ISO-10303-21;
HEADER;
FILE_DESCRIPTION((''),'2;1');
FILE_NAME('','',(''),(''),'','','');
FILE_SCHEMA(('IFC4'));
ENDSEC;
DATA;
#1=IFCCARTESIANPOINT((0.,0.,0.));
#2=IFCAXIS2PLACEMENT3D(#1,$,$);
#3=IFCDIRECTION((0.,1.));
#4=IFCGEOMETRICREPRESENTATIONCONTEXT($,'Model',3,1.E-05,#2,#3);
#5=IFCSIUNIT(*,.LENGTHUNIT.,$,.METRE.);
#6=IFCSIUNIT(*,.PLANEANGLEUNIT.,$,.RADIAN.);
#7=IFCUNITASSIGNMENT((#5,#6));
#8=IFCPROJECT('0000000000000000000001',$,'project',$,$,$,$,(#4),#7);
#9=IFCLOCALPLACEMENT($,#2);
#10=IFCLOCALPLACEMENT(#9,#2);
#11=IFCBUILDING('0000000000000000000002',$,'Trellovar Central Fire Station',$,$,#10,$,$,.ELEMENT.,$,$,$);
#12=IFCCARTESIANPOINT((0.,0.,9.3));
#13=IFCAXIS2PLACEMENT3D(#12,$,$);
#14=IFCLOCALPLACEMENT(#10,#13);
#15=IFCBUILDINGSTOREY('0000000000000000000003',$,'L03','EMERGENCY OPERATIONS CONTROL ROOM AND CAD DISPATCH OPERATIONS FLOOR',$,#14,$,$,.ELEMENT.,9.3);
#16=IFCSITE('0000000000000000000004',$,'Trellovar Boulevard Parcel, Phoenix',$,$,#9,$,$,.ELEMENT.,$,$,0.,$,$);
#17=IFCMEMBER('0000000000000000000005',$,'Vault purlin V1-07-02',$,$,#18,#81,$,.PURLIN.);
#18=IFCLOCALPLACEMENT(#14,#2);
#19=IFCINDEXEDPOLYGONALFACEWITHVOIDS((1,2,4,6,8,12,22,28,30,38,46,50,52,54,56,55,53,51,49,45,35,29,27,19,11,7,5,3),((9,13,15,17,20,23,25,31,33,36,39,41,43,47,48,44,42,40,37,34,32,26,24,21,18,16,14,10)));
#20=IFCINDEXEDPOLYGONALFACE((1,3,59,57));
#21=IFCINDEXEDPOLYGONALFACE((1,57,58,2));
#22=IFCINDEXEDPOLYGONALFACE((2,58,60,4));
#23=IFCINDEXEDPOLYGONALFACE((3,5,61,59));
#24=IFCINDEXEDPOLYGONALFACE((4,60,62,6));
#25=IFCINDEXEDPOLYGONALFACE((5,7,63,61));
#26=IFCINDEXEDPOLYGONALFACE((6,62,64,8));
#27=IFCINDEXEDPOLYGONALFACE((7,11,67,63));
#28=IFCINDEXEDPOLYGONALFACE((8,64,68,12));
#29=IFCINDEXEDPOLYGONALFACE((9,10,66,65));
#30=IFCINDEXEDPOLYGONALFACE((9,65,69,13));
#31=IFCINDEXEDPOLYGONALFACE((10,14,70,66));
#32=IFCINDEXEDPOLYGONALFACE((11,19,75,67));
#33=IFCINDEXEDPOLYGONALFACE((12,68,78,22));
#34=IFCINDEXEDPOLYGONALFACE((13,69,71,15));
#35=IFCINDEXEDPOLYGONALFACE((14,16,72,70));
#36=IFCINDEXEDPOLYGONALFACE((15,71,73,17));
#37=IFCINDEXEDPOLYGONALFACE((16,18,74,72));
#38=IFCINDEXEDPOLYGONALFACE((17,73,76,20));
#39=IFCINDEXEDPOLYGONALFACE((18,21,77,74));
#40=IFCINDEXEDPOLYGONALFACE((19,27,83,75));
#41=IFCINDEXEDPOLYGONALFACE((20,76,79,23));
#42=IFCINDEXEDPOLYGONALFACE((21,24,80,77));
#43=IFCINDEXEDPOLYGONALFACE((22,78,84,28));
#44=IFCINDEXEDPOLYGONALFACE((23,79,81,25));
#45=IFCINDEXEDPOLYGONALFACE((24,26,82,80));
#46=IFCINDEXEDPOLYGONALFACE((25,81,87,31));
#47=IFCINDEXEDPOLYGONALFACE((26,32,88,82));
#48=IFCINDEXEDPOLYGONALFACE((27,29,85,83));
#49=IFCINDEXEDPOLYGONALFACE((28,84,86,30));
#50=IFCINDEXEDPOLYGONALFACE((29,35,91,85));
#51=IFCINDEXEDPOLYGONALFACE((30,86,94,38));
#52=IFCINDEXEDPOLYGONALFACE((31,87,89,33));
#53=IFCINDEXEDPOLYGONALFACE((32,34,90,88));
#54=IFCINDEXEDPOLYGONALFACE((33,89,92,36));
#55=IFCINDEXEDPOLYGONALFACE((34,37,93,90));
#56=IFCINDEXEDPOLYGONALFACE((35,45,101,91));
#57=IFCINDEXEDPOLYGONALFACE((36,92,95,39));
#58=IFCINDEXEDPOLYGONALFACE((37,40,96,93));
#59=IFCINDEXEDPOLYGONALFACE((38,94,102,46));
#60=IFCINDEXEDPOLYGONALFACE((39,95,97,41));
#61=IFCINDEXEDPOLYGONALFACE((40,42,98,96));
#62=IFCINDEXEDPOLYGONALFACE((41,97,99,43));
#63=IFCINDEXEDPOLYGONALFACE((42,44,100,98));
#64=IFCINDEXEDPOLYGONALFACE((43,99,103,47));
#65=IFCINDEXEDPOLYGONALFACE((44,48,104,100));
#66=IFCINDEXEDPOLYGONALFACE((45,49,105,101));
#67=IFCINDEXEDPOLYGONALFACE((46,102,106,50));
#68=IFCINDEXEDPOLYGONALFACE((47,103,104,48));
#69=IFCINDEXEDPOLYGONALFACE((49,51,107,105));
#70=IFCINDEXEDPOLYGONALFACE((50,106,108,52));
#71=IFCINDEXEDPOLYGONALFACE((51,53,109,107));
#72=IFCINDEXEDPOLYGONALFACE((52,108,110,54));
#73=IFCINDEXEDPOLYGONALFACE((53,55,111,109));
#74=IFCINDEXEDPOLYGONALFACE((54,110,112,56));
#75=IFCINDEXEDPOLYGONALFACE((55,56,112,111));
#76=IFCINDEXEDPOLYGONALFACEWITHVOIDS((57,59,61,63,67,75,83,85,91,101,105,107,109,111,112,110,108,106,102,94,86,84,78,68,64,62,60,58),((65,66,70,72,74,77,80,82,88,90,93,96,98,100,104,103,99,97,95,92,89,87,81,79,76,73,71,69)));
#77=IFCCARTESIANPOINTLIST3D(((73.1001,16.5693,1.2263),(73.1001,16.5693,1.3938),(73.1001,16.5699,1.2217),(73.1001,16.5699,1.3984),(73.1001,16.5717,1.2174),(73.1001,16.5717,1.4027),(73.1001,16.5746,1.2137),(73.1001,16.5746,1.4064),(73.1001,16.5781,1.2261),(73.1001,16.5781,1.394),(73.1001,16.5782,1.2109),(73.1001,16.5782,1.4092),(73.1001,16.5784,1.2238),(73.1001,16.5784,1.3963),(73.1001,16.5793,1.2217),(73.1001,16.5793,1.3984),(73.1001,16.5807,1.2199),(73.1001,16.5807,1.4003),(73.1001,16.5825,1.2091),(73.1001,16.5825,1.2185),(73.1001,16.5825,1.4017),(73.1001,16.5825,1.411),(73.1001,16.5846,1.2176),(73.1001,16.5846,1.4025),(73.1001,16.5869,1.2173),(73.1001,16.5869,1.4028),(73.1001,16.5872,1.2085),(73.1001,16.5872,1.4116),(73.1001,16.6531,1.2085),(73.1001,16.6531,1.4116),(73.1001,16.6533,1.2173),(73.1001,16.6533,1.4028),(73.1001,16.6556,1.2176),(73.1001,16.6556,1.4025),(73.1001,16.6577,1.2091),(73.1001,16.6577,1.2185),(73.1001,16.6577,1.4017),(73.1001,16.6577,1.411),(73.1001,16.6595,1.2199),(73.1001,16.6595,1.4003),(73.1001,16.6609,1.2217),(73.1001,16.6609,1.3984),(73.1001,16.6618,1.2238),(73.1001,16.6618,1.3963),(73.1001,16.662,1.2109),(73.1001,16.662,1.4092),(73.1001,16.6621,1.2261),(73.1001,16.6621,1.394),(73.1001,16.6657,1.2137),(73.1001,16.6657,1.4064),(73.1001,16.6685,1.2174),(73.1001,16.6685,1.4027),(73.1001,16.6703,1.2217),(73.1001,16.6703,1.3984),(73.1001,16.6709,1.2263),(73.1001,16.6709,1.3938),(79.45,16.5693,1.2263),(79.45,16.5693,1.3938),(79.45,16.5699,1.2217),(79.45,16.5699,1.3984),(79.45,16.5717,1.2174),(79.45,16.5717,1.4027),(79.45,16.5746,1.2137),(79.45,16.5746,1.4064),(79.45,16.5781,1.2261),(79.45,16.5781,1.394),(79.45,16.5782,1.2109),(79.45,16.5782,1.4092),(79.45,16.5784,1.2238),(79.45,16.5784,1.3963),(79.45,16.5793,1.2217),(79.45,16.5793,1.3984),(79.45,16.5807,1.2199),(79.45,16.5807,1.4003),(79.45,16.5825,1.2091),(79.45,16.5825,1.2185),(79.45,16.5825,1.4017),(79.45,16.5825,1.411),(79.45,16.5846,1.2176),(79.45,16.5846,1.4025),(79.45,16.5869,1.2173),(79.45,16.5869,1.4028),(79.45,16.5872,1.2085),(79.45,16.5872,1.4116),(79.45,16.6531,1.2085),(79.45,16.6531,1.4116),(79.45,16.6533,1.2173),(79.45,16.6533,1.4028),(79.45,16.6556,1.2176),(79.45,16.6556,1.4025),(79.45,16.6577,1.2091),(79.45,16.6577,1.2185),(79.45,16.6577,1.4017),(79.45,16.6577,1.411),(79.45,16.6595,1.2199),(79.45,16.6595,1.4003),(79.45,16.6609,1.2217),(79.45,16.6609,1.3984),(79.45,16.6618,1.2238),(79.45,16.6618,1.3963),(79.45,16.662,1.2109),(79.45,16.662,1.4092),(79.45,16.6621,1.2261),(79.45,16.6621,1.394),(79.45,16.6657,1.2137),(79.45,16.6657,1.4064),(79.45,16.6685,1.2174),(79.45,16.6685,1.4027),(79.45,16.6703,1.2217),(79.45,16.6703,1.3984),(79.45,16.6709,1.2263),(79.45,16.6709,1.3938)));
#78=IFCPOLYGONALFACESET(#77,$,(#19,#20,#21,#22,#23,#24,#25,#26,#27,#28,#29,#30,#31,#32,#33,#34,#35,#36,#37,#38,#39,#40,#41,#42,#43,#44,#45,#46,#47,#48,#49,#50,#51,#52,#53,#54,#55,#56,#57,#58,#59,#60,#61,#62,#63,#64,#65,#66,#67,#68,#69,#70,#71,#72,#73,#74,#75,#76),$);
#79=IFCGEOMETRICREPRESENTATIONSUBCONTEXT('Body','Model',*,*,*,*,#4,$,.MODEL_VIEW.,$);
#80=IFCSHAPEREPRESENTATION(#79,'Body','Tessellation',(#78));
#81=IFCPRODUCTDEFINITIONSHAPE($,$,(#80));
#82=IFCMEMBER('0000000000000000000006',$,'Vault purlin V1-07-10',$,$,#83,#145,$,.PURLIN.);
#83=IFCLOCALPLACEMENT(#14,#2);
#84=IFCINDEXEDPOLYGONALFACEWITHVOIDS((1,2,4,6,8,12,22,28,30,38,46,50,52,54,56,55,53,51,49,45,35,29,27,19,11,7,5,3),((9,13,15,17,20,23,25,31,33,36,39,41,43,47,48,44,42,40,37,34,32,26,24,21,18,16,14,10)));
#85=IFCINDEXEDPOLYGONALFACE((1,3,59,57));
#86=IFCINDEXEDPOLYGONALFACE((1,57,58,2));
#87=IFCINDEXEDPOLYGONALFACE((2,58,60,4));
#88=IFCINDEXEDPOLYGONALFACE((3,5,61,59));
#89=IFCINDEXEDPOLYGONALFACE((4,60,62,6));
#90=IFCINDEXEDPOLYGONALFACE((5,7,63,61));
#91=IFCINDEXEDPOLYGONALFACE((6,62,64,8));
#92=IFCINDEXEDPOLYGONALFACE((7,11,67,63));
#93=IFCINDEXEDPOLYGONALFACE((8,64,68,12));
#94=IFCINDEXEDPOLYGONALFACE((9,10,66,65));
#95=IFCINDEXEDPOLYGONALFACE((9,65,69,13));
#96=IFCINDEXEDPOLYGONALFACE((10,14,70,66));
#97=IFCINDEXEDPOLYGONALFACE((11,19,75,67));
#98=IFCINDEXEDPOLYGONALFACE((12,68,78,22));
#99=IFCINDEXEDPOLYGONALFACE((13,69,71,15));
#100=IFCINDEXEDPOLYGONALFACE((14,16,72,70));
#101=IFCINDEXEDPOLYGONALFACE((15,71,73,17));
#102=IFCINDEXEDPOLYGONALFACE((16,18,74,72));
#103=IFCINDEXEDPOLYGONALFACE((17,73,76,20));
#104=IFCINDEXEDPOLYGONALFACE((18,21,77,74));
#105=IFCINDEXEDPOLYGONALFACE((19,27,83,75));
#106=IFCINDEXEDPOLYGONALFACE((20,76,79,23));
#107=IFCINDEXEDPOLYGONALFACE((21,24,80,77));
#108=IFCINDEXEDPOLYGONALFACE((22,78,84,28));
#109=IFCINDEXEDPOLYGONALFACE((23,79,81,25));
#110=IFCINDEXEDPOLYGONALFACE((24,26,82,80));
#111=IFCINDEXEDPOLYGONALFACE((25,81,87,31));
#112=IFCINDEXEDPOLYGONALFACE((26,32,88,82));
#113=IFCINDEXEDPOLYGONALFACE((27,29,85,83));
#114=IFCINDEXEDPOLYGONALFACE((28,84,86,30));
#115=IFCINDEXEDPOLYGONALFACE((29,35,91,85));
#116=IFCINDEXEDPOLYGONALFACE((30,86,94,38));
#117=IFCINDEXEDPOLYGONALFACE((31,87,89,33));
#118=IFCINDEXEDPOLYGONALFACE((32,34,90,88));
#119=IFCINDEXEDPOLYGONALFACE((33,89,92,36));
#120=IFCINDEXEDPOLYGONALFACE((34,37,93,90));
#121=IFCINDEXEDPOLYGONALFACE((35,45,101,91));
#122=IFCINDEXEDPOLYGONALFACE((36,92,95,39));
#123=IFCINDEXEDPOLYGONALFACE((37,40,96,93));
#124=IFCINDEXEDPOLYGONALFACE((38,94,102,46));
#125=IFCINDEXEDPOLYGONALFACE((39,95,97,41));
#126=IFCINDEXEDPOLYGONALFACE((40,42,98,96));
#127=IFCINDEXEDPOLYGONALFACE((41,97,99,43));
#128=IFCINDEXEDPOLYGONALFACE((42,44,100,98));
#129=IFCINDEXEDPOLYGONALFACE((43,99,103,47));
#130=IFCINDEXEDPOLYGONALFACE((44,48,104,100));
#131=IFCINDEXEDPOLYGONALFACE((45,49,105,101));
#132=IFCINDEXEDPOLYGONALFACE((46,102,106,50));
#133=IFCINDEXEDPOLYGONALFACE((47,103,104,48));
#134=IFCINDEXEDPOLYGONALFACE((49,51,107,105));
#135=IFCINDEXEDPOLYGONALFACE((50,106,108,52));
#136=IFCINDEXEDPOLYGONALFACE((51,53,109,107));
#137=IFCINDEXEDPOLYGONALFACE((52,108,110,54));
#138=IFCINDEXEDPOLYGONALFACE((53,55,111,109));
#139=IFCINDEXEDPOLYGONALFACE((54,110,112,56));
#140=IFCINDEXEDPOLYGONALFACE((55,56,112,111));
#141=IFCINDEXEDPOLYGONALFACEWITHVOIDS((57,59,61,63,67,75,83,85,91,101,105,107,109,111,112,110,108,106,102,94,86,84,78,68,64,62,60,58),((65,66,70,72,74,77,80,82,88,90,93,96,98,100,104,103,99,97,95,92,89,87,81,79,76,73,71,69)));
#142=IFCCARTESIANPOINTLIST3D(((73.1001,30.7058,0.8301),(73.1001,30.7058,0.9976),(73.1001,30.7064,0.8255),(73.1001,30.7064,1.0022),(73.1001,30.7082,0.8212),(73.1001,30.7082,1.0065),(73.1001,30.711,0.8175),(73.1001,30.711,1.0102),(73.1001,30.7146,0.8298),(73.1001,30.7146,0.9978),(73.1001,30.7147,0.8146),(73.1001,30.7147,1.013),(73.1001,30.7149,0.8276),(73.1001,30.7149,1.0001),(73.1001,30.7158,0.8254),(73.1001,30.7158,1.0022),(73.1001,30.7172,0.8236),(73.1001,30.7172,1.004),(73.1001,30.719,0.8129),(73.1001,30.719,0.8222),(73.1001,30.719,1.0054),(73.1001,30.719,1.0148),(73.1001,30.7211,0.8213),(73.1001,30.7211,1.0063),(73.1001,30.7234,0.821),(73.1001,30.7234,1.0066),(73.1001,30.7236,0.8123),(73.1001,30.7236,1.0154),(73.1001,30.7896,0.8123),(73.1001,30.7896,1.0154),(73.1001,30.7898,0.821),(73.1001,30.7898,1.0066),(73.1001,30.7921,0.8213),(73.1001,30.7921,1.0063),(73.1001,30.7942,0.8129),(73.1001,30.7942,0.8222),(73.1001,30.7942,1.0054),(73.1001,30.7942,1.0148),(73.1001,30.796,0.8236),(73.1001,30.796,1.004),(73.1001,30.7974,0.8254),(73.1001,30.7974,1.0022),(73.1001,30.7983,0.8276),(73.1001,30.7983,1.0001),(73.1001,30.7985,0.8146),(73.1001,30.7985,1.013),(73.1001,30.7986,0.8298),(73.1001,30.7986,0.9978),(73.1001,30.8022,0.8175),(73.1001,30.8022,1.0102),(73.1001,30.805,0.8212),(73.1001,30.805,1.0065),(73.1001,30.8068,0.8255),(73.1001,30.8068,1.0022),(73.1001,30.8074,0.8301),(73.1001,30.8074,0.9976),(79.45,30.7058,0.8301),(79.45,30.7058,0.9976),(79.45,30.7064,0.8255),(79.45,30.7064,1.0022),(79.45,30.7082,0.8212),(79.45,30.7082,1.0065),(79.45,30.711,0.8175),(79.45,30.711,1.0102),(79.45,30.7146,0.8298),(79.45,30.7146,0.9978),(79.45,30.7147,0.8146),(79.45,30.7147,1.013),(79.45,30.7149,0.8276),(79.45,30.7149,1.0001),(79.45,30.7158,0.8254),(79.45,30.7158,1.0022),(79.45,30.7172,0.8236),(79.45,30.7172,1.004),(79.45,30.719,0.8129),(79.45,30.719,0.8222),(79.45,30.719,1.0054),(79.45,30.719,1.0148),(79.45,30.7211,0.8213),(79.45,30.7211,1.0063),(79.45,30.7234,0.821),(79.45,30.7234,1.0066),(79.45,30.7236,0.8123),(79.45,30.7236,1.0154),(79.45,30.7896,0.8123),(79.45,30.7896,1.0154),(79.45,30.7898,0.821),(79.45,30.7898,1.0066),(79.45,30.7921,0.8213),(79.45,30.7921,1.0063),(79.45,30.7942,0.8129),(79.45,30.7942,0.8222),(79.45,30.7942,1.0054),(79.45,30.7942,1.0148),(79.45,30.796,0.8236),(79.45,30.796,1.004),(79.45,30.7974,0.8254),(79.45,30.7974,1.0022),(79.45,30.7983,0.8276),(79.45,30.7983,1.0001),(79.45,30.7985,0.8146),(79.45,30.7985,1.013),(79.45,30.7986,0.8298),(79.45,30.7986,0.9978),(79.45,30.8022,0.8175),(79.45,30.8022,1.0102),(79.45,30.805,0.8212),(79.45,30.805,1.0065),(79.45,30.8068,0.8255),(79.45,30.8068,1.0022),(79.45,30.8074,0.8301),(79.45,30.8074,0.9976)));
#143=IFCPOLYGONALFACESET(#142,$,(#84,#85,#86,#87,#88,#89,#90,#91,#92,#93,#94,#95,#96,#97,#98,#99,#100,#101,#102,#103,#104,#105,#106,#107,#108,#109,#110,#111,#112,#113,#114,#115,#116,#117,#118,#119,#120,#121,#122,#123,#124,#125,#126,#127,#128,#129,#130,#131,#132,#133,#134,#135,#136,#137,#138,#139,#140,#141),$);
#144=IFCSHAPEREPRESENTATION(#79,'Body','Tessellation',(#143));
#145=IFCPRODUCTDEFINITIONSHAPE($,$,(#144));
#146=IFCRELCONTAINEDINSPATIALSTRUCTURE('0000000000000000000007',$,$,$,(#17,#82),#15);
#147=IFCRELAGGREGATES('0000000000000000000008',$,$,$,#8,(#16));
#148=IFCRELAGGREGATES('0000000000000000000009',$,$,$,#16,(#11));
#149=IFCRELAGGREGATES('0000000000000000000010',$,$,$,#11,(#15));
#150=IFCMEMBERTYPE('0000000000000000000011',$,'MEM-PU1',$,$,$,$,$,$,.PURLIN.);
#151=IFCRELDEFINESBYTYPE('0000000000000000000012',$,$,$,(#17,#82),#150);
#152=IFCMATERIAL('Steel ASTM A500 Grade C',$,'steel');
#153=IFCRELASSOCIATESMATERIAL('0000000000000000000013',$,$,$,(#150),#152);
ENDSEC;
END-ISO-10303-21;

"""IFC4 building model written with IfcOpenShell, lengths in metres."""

from ifc_helpers import new_model, si_unit, direction, frame, origin, origin_2d, place, context, subcontext, project, spatial, hollow_rectangle, extrude, material, material_profile, profile_set, type_object, element, save


model = new_model("IFC4")

# Units and contexts
model_context = context("Model", 3, precision=1e-05, world=origin(), true_north=direction((0.0, 1.0)))
body_context = subcontext(model_context, "Body", "Model", "MODEL_VIEW")
ifc_project = project(units=[si_unit("LENGTHUNIT", "METRE"), si_unit("PLANEANGLEUNIT", "RADIAN")], contexts=[model_context])

# Site, building, storey
site_placement = place(None, origin())
site = spatial("IfcSite", under=ifc_project, at=site_placement, Name="Trellovar Boulevard Parcel, Phoenix", CompositionType="ELEMENT", RefElevation=0.0)
building_placement = place(site_placement, origin())
building = spatial("IfcBuilding", under=site, at=building_placement, Name="Trellovar Central Fire Station", CompositionType="ELEMENT")
storey_placement = place(building_placement, frame((0.0, 0.0, 9.3)))
storey = spatial("IfcBuildingStorey", under=building, at=storey_placement, Name="L03", Description="EMERGENCY OPERATIONS CONTROL ROOM AND CAD DISPATCH OPERATIONS FLOOR", CompositionType="ELEMENT", Elevation=9.3)

# Members
ifc_material_1 = material(Name="Steel ASTM A500 Grade C", Category="steel")
ifc_material_profile_1 = material_profile(ifc_material_1, hollow_rectangle(XDim=0.1016, YDim=0.2031, WallThickness=0.0088, InnerFilletRadius=0.0088, OuterFilletRadius=0.0178, at=origin_2d()), Name="HSS8X4X3/8")
ifc_profile_set_1 = profile_set([ifc_material_profile_1], Name="Steel ASTM A500 Grade C")
member_type_1 = type_object("IfcMemberType", Name="MEM-PU1", PredefinedType="PURLIN", material=ifc_profile_set_1)
for number, where, z_axis, x_axis, name in (
    (1, (73.1001, 16.6201, 1.3101), (1.0, 0.0, 0.0), (0.0, 1.0, 0.0), "Vault purlin V1-07-02"),
    (2, (73.1001, 30.7566, 0.9138), (1.0, 0.0, 0.0), (0.0, 1.0, 0.0), "Vault purlin V1-07-10"),
):
    element("IfcMember", number, at=place(storey_placement, frame(where, z_axis=z_axis, x_axis=x_axis)), inside=storey, type_object=member_type_1, Name=name, PredefinedType="PURLIN", context=body_context, shape_type="SweptSolid", body=[
        extrude(hollow_rectangle(XDim=0.1016, YDim=0.2031, WallThickness=0.0088, InnerFilletRadius=0.0088, OuterFilletRadius=0.0178, at=origin_2d()), origin(), (0.0, 0.0, 1.0), 6.3499),
    ])

save(model, "model.ifc")
